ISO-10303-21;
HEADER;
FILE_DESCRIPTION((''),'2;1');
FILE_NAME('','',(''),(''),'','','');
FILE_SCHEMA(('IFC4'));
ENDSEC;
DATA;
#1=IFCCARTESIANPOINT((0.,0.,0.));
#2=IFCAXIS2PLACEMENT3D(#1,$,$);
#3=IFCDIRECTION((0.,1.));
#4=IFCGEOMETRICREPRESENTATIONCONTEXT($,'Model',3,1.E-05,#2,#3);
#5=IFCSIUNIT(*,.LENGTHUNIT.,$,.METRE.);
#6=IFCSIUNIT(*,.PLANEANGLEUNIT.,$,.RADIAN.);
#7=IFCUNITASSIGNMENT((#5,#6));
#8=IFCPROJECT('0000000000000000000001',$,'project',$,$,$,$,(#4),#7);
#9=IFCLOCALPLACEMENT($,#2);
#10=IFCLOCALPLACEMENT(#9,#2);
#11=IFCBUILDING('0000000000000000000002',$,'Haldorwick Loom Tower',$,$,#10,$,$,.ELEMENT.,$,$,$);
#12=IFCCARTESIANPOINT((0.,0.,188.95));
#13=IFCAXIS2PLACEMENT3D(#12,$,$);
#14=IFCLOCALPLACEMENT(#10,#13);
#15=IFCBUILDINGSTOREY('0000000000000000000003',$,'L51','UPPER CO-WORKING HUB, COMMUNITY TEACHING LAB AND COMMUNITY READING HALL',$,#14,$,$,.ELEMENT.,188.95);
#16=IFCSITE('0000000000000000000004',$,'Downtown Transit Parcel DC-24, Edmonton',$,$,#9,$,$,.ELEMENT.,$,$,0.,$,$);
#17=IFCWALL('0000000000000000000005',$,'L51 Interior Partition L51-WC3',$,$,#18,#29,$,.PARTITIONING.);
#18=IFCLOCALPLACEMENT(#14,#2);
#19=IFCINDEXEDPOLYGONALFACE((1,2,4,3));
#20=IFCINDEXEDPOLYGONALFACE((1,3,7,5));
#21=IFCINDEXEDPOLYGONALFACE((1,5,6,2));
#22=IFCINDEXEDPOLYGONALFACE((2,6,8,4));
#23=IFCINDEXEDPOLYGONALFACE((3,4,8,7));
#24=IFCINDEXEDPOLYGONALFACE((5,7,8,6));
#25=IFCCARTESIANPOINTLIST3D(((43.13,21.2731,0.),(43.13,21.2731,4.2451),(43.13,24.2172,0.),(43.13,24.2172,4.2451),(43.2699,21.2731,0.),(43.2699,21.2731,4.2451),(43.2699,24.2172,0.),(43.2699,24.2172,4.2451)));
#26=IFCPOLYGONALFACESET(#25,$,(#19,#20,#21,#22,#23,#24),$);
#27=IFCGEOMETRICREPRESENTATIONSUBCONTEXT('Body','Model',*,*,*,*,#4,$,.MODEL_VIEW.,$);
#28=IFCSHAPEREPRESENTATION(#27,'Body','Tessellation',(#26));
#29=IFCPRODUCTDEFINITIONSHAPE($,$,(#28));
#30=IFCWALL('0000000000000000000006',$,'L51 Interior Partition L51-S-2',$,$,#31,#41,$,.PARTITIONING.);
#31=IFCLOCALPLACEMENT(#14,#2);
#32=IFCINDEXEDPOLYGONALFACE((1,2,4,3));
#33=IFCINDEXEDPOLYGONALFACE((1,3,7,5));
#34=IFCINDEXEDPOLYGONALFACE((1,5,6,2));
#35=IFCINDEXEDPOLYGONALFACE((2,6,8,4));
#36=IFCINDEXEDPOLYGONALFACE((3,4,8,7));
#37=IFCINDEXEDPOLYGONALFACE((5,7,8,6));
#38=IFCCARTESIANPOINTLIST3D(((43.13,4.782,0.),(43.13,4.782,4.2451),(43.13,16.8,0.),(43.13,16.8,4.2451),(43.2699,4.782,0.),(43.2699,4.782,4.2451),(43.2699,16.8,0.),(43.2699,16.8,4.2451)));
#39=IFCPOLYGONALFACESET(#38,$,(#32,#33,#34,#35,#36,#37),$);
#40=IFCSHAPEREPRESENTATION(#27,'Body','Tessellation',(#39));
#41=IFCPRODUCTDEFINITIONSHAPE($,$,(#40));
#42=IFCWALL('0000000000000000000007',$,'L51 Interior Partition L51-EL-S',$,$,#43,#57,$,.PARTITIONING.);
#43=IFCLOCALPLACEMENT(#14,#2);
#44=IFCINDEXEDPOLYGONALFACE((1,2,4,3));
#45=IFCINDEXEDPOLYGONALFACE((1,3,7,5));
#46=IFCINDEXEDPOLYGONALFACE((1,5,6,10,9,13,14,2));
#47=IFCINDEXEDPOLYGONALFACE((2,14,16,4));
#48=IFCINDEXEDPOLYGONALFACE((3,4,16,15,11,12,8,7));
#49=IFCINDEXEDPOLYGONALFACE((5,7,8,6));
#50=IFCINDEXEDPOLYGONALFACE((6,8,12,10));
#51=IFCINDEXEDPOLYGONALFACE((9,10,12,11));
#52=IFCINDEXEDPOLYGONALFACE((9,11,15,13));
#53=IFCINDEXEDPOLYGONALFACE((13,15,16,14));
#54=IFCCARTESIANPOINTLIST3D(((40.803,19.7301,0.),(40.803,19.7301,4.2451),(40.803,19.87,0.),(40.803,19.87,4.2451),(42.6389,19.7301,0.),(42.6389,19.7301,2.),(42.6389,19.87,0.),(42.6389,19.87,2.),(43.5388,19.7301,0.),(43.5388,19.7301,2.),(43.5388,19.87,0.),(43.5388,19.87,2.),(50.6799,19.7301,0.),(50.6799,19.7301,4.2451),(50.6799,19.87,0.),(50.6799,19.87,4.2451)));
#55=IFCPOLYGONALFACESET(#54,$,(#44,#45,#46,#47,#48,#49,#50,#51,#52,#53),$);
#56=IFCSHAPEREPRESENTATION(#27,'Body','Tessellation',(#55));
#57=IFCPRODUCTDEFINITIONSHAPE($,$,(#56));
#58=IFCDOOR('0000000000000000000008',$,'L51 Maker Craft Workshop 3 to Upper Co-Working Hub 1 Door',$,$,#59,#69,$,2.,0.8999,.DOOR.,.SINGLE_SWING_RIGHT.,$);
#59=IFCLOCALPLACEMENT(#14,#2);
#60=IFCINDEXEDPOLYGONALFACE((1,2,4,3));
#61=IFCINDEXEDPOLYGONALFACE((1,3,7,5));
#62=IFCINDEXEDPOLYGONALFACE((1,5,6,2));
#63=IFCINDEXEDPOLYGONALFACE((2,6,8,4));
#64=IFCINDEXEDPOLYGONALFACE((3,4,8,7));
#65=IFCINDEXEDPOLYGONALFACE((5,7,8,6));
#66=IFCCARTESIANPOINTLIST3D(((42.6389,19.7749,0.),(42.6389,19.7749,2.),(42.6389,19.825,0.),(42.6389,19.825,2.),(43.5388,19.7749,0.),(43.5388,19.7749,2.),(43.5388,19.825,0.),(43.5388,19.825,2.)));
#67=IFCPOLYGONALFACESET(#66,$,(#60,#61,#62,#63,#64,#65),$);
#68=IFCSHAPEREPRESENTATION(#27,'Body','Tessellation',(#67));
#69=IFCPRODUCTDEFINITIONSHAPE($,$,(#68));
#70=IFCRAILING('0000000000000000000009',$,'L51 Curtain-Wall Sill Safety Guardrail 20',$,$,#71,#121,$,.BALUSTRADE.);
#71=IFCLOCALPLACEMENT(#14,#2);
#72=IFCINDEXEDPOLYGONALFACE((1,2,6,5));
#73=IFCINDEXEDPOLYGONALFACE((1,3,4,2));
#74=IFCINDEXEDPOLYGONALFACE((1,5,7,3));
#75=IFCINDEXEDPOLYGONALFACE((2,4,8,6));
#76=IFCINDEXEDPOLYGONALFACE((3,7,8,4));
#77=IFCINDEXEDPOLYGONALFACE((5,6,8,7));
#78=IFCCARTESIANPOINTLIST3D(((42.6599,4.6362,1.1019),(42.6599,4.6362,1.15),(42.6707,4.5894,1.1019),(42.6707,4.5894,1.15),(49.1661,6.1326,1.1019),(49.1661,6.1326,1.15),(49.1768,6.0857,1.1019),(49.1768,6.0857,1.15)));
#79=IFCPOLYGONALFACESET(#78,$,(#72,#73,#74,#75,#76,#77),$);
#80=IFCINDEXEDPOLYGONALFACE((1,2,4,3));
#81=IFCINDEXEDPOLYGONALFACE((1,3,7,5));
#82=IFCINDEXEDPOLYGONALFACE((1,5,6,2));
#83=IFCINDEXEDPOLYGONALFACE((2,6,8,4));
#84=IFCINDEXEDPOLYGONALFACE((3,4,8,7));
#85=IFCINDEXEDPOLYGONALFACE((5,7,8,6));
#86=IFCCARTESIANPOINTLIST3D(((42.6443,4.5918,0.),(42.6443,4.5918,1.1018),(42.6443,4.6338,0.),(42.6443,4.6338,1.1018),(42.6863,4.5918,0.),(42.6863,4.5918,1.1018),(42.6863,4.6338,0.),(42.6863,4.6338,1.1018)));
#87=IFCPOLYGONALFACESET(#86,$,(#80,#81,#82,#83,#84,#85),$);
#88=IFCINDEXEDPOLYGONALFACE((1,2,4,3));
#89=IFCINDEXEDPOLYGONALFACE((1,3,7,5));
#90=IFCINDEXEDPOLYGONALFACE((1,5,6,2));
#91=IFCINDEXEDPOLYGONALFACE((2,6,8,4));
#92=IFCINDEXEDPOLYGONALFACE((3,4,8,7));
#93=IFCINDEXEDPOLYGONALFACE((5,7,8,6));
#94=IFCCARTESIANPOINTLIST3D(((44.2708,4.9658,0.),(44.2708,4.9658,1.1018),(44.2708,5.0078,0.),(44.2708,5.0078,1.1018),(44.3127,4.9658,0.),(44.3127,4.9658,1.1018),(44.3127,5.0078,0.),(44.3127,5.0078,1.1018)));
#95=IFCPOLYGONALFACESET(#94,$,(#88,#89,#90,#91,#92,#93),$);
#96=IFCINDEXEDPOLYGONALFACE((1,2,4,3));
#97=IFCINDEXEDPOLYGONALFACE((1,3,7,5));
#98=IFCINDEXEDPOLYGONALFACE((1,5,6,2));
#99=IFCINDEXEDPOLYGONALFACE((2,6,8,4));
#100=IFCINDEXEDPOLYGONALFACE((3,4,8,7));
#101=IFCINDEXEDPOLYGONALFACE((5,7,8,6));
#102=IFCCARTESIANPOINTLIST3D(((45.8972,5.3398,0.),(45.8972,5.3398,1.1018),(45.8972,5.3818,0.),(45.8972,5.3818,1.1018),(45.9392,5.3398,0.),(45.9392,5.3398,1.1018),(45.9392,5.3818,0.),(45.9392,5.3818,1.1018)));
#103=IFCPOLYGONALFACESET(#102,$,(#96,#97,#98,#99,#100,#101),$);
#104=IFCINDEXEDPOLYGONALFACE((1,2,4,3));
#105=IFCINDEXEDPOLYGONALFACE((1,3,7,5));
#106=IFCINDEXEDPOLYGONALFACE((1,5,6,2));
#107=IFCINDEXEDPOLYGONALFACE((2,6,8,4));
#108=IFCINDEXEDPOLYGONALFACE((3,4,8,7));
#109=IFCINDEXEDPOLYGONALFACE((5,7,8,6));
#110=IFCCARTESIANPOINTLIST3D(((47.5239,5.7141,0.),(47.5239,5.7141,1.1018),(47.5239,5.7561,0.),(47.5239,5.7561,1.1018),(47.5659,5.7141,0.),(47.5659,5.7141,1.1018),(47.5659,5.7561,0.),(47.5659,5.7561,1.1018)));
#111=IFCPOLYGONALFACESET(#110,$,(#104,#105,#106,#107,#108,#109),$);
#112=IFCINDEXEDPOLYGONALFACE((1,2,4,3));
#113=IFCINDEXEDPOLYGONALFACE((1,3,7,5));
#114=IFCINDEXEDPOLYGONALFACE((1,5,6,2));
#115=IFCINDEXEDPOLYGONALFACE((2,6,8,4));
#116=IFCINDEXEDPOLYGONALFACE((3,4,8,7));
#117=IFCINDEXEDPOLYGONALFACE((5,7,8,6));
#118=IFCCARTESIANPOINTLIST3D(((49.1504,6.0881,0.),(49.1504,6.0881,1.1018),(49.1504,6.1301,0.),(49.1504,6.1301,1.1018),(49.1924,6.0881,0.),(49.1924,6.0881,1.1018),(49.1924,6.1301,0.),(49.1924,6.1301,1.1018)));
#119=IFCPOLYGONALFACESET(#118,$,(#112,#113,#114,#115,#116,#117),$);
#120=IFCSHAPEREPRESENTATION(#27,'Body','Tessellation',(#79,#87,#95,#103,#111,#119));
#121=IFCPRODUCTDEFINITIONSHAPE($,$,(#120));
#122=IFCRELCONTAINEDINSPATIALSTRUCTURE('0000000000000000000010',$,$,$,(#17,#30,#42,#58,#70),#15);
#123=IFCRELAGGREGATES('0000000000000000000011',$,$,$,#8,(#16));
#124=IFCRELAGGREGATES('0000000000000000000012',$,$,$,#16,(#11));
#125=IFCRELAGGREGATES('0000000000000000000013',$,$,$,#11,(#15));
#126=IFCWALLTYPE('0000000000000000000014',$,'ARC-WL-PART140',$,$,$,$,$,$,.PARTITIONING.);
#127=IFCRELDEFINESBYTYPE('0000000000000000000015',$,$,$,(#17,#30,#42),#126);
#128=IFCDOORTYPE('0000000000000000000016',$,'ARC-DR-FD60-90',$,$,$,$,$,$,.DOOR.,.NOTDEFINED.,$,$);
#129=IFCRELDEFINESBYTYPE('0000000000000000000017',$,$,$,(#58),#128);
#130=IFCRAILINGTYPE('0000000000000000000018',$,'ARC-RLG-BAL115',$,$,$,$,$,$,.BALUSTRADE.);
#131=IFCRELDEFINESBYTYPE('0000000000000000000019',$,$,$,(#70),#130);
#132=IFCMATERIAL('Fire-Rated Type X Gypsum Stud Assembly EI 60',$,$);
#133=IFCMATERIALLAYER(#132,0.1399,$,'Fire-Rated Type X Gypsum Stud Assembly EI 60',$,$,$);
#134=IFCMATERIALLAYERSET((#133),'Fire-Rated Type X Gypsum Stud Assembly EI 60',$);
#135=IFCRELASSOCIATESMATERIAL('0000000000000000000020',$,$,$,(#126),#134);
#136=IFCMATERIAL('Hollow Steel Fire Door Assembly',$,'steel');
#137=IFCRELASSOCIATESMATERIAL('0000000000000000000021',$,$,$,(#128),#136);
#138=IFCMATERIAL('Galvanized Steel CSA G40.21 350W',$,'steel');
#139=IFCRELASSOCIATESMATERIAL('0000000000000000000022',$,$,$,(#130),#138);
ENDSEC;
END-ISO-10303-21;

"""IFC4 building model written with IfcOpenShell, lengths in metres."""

from ifc_helpers import new_model, si_unit, direction, frame, frame_2d, origin, origin_2d, place, context, subcontext, project, spatial, rectangle, extrude, material, layer, layer_set, type_object, element, fill, save


model = new_model("IFC4")

# Units and contexts
model_context = context("Model", 3, precision=1e-05, world=origin(), true_north=direction((0.0, 1.0)))
body_context = subcontext(model_context, "Body", "Model", "MODEL_VIEW")
ifc_project = project(units=[si_unit("LENGTHUNIT", "METRE"), si_unit("PLANEANGLEUNIT", "RADIAN")], contexts=[model_context])

# Site, building, storey
site_placement = place(None, origin())
site = spatial("IfcSite", under=ifc_project, at=site_placement, Name="Downtown Transit Parcel DC-24, Edmonton", CompositionType="ELEMENT", RefElevation=0.0)
building_placement = place(site_placement, origin())
building = spatial("IfcBuilding", under=site, at=building_placement, Name="Haldorwick Loom Tower", CompositionType="ELEMENT")
storey_placement = place(building_placement, frame((0.0, 0.0, 188.95)))
storey = spatial("IfcBuildingStorey", under=building, at=storey_placement, Name="L51", Description="UPPER CO-WORKING HUB, COMMUNITY TEACHING LAB AND COMMUNITY READING HALL", CompositionType="ELEMENT", Elevation=188.95)

# Walls
ifc_material_1 = material(Name="Fire-Rated Type X Gypsum Stud Assembly EI 60")
ifc_layer_1 = layer(ifc_material_1, 0.1399, Name="Fire-Rated Type X Gypsum Stud Assembly EI 60")
ifc_layer_set_1 = layer_set([ifc_layer_1], Name="Fire-Rated Type X Gypsum Stud Assembly EI 60")
wall_type = type_object("IfcWallType", Name="ARC-WL-PART140", PredefinedType="PARTITIONING", material=ifc_layer_set_1)
wall_1_placement = place(storey_placement, frame((43.2, 21.2729, 0.0), z_axis=(0.0, 0.0, 1.0), x_axis=(0.0, 1.0, 0.0)))
element("IfcWall", 1, at=wall_1_placement, inside=storey, type_object=wall_type, Name="L51 Interior Partition L51-WC3", PredefinedType="PARTITIONING", context=body_context, shape_type="SweptSolid", body=[
    extrude(rectangle(XDim=2.9441, YDim=0.1399, at=frame_2d((1.4722, 0.0))), origin(), (0.0, 0.0, 1.0), 4.2451),
])
wall_2_placement = place(storey_placement, frame((43.2, 4.782, 0.0), z_axis=(0.0, 0.0, 1.0), x_axis=(0.0, 1.0, 0.0)))
element("IfcWall", 2, at=wall_2_placement, inside=storey, type_object=wall_type, Name="L51 Interior Partition L51-S-2", PredefinedType="PARTITIONING", context=body_context, shape_type="SweptSolid", body=[
    extrude(rectangle(XDim=12.0181, YDim=0.1399, at=frame_2d((6.009, 0.0))), origin(), (0.0, 0.0, 1.0), 4.2451),
])

# Wall, opening, door
wall_3_placement = place(storey_placement, frame((40.803, 19.8, 0.0), z_axis=(0.0, 0.0, 1.0), x_axis=(1.0, 0.0, 0.0)))
wall_3 = element("IfcWall", 3, at=wall_3_placement, inside=storey, type_object=wall_type, Name="L51 Interior Partition L51-EL-S", PredefinedType="PARTITIONING", context=body_context, shape_type="SweptSolid", body=[
    extrude(rectangle(XDim=9.877, YDim=0.1399, at=frame_2d((4.9385, 0.0))), origin(), (0.0, 0.0, 1.0), 4.2451),
])
opening_placement = place(wall_3_placement, frame((1.8359, 0.0, 0.0)))
opening = element("IfcOpeningElement", 4, at=opening_placement, cuts=wall_3, PredefinedType="OPENING", context=body_context, shape_type="SweptSolid", body=[
    extrude(rectangle(XDim=0.8999, YDim=2.0, at=frame_2d((0.45, 1.0))), frame((0.0, 0.0798, 0.0), z_axis=(0.0, -1.0, 0.0), x_axis=(1.0, 0.0, 0.0)), (0.0, 0.0, 1.0), 0.1599),
])
ifc_material_2 = material(Name="Hollow Steel Fire Door Assembly", Category="steel")
door_type = type_object("IfcDoorType", Name="ARC-DR-FD60-90", OperationType="NOTDEFINED", PredefinedType="DOOR", material=ifc_material_2)
door_placement = place(opening_placement, origin())
door = element("IfcDoor", 5, at=door_placement, inside=storey, type_object=door_type, Name="L51 Maker Craft Workshop 3 to Upper Co-Working Hub 1 Door", OperationType="SINGLE_SWING_RIGHT", OverallHeight=2.0, OverallWidth=0.8999, PredefinedType="DOOR", context=body_context, shape_type="SweptSolid", body=[
    extrude(rectangle(XDim=0.8999, YDim=2.0, at=frame_2d((0.45, 1.0))), frame((0.0, 0.0249, 0.0), z_axis=(0.0, -1.0, 0.0), x_axis=(1.0, 0.0, 0.0)), (0.0, 0.0, 1.0), 0.05),
])
fill(opening, door)

# Railing
ifc_material_3 = material(Name="Galvanized Steel CSA G40.21 350W", Category="steel")
railing_type = type_object("IfcRailingType", Name="ARC-RLG-BAL115", PredefinedType="BALUSTRADE", material=ifc_material_3)
railing_placement = place(storey_placement, frame((42.6653, 4.6128, 0.0)))
element("IfcRailing", 6, at=railing_placement, inside=storey, type_object=railing_type, Name="L51 Curtain-Wall Sill Safety Guardrail 20", PredefinedType="BALUSTRADE", context=body_context, shape_type="SweptSolid", body=[
    extrude(rectangle(XDim=0.0481, YDim=0.0481, at=origin_2d()), frame((0.0, 0.0, 1.126), z_axis=(0.974557, 0.224138, 0.0), x_axis=(-0.224138, 0.974557, 0.0)), (0.0, 0.0, 1.0), 6.676),
    extrude(rectangle(XDim=0.042, YDim=0.042, at=origin_2d()), origin(), (0.0, 0.0, 1.0), 1.1018),
    extrude(rectangle(XDim=0.042, YDim=0.042, at=origin_2d()), frame((1.6265, 0.374, 0.0)), (0.0, 0.0, 1.0), 1.1018),
    extrude(rectangle(XDim=0.042, YDim=0.042, at=origin_2d()), frame((3.2529, 0.748, 0.0)), (0.0, 0.0, 1.0), 1.1018),
    extrude(rectangle(XDim=0.042, YDim=0.042, at=origin_2d()), frame((4.8796, 1.1223, 0.0)), (0.0, 0.0, 1.0), 1.1018),
    extrude(rectangle(XDim=0.042, YDim=0.042, at=origin_2d()), frame((6.5061, 1.4963, 0.0)), (0.0, 0.0, 1.0), 1.1018),
])

save(model, "model.ifc")
